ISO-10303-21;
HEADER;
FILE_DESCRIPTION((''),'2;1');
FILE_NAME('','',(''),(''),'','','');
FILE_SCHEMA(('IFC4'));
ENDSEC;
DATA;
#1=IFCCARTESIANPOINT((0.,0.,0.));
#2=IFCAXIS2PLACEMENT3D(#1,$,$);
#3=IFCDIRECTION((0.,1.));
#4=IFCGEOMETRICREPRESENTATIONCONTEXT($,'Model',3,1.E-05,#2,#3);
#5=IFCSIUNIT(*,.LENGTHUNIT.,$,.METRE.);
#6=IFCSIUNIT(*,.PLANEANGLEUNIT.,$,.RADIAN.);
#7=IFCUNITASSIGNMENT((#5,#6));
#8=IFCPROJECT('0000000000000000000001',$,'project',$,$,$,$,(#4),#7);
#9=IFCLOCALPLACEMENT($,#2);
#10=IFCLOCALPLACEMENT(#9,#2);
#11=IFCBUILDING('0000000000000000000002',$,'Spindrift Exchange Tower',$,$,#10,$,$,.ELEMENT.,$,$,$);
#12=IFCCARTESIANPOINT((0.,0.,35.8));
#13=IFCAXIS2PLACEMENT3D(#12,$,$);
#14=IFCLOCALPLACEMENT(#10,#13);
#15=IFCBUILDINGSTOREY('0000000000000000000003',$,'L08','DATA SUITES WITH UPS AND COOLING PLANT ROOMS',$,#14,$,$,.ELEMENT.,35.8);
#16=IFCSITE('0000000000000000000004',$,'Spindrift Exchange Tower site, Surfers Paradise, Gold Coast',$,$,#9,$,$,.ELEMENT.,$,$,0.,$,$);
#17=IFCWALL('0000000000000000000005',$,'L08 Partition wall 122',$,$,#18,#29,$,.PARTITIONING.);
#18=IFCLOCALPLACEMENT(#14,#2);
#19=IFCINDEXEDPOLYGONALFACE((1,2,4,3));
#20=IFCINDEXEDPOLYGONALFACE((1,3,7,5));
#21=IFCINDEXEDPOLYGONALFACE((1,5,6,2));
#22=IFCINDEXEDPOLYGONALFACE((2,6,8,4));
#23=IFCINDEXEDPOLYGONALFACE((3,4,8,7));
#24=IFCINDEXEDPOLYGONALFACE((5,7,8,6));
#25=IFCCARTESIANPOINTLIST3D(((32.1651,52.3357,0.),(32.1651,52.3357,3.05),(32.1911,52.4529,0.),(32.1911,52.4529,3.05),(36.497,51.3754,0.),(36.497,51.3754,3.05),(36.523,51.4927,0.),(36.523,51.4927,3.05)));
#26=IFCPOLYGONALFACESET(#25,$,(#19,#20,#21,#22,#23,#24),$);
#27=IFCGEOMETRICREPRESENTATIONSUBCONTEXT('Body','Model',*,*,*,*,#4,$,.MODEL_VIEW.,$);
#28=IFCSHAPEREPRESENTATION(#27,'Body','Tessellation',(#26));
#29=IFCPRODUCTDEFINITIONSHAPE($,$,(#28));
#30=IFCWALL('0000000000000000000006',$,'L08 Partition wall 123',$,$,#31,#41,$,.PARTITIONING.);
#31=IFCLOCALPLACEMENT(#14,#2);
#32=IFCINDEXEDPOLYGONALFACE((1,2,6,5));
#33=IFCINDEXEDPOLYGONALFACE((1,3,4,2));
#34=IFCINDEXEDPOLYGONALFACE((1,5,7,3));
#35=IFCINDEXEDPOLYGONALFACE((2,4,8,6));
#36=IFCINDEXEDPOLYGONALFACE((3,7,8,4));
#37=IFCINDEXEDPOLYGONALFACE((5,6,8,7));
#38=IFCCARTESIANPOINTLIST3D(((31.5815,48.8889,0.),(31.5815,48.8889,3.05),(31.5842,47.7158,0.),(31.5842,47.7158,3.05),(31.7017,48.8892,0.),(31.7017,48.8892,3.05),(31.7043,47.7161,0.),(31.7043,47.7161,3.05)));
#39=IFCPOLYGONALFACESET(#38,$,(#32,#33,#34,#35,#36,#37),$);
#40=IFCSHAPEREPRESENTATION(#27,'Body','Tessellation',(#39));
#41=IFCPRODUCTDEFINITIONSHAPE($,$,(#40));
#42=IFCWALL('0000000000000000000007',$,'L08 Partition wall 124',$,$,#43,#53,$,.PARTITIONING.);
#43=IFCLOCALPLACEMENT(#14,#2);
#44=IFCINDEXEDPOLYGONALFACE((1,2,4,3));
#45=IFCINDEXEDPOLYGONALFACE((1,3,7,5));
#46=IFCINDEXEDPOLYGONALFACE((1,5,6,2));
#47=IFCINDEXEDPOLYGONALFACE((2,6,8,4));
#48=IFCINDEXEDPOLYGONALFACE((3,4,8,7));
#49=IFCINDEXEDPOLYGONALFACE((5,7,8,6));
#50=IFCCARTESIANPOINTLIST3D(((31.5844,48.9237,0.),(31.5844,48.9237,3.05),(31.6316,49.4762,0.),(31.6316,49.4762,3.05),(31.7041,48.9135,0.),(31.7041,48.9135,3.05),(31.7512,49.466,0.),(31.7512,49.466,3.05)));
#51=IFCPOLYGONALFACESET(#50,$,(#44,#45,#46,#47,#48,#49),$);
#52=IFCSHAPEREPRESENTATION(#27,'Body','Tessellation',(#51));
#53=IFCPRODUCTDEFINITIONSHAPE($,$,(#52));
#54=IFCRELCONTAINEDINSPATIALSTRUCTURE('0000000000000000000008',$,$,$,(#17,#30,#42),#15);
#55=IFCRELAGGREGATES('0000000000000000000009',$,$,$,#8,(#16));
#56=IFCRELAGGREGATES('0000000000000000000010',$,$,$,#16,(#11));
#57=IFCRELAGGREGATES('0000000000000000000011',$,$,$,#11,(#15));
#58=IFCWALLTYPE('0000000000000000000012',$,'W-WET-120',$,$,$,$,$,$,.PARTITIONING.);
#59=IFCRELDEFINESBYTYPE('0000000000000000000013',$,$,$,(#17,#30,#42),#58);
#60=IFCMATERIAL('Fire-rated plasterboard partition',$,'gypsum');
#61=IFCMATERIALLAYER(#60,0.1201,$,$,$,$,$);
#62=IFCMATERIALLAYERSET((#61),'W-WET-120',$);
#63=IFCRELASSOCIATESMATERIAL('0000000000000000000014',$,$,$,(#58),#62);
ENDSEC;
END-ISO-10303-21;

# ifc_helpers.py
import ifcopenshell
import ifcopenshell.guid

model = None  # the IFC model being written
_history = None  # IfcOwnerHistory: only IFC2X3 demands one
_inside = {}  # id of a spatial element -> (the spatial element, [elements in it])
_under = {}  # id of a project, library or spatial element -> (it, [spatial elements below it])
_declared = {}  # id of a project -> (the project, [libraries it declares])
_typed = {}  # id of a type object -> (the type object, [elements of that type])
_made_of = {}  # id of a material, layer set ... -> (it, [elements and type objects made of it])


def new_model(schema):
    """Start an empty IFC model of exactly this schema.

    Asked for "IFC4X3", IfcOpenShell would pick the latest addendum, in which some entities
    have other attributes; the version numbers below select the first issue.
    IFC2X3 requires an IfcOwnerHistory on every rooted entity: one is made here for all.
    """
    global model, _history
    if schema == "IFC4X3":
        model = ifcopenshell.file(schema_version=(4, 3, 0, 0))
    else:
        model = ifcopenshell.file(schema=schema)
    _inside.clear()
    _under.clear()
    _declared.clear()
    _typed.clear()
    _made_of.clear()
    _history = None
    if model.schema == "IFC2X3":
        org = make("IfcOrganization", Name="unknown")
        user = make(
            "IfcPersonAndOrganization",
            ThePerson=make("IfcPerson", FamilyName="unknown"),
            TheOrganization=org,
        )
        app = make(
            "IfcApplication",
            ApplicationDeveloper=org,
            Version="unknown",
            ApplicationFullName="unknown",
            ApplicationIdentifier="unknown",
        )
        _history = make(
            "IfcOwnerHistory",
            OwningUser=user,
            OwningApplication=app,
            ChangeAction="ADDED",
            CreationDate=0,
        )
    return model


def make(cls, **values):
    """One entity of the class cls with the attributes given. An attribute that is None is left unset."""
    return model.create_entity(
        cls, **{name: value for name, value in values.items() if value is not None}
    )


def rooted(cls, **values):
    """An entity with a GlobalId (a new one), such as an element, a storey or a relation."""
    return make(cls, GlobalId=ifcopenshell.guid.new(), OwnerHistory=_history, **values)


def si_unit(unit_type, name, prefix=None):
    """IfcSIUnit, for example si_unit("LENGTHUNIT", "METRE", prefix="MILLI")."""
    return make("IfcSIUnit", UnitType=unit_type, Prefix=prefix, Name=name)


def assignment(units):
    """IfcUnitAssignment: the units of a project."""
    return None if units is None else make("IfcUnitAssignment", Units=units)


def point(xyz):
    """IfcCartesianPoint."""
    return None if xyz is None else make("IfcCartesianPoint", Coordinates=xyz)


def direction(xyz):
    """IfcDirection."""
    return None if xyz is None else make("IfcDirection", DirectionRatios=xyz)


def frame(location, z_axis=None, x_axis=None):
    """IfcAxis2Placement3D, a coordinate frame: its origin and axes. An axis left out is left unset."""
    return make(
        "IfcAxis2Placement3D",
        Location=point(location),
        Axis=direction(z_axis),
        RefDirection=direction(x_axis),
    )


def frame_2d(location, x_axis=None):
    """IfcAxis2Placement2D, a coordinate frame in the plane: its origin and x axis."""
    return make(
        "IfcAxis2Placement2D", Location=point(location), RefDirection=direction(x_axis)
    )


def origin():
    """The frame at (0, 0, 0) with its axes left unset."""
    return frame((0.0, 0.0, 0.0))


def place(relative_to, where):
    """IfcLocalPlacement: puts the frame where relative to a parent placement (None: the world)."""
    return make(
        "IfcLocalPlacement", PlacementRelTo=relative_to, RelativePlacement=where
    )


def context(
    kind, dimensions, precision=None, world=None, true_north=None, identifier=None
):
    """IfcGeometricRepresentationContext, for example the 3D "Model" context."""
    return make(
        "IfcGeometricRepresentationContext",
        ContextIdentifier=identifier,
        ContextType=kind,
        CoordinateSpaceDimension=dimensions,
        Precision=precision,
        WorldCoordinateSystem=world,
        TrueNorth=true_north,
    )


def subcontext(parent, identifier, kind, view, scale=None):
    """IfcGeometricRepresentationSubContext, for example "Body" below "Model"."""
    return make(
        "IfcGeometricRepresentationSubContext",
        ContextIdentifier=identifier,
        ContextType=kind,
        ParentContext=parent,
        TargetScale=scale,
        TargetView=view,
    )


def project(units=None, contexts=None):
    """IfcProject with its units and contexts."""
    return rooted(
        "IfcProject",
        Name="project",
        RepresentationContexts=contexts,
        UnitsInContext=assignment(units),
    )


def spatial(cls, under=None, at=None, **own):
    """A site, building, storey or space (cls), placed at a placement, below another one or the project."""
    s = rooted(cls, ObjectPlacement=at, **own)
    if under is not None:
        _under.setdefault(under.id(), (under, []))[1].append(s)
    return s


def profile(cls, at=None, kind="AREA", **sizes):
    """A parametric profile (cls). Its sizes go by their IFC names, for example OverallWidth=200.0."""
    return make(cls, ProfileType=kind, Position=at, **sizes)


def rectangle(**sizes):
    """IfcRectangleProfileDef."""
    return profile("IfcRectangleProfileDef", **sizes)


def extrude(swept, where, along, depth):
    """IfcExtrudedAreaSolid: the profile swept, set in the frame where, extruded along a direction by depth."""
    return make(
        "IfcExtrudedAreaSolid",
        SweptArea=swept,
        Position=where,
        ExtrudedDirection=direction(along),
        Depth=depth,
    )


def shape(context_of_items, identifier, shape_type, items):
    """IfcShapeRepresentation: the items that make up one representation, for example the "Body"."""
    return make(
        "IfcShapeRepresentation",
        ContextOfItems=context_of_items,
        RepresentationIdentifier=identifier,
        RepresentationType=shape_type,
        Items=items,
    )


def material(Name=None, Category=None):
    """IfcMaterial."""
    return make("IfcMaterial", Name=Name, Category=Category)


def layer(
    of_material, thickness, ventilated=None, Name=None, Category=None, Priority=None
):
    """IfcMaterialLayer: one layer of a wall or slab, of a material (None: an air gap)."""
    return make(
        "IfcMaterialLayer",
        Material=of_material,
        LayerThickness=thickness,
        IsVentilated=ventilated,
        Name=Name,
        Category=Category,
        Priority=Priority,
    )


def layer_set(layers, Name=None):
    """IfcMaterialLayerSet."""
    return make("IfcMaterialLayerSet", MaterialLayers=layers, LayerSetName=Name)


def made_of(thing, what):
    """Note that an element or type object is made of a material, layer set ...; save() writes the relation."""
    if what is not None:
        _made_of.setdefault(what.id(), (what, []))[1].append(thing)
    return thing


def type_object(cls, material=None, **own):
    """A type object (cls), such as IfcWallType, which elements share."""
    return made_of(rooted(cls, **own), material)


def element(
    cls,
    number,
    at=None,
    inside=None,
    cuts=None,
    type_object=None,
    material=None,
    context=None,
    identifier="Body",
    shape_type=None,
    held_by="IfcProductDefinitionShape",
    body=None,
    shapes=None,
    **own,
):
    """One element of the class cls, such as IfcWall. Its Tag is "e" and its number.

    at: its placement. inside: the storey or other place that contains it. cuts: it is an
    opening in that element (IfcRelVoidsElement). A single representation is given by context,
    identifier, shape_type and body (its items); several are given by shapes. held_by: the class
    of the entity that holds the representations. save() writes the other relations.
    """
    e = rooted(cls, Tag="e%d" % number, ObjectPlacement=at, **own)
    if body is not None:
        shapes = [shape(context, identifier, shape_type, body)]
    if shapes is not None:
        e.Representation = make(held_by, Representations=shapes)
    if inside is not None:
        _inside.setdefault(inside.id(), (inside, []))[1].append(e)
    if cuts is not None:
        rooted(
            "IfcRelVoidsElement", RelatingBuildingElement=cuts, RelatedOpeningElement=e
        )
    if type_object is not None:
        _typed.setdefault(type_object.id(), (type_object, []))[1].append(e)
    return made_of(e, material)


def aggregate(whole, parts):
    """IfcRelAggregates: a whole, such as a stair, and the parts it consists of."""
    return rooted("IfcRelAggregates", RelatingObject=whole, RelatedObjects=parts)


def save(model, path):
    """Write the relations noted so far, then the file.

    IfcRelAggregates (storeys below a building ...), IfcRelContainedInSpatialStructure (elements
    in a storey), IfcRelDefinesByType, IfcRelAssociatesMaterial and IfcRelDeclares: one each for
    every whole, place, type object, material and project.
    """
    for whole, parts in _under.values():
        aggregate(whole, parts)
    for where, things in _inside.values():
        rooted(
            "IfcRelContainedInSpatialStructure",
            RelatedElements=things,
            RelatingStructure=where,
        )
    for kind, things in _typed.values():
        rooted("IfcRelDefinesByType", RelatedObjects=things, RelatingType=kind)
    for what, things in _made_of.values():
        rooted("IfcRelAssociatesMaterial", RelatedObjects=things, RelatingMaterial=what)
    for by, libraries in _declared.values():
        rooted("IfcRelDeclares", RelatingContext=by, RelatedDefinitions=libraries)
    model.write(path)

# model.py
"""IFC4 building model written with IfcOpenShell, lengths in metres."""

from ifc_helpers import new_model, si_unit, direction, frame, frame_2d, origin, place, context, subcontext, project, spatial, rectangle, extrude, material, layer, layer_set, type_object, element, save


model = new_model("IFC4")

# Units and contexts
model_context = context("Model", 3, precision=1e-05, world=origin(), true_north=direction((0.0, 1.0)))
body_context = subcontext(model_context, "Body", "Model", "MODEL_VIEW")
ifc_project = project(units=[si_unit("LENGTHUNIT", "METRE"), si_unit("PLANEANGLEUNIT", "RADIAN")], contexts=[model_context])

# Site, building, storey
site_placement = place(None, origin())
site = spatial("IfcSite", under=ifc_project, at=site_placement, Name="Spindrift Exchange Tower site, Surfers Paradise, Gold Coast", CompositionType="ELEMENT", RefElevation=0.0)
building_placement = place(site_placement, origin())
building = spatial("IfcBuilding", under=site, at=building_placement, Name="Spindrift Exchange Tower", CompositionType="ELEMENT")
storey_placement = place(building_placement, frame((0.0, 0.0, 35.8)))
storey = spatial("IfcBuildingStorey", under=building, at=storey_placement, Name="L08", Description="DATA SUITES WITH UPS AND COOLING PLANT ROOMS", CompositionType="ELEMENT", Elevation=35.8)

# Shared definitions
ifc_material_1 = material(Name="Fire-rated plasterboard partition", Category="gypsum")

# Walls
ifc_layer_1 = layer(ifc_material_1, 0.1201)
ifc_layer_set_1 = layer_set([ifc_layer_1], Name="W-WET-120")
wall_type_1 = type_object("IfcWallType", Name="W-WET-120", PredefinedType="PARTITIONING", material=ifc_layer_set_1)
wall_1_placement = place(storey_placement, frame((36.51, 51.4341, 0.0), z_axis=(0.0, 0.0, 1.0), x_axis=(-0.976302, 0.216412, 0.0)))
element("IfcWall", 1, at=wall_1_placement, inside=storey, type_object=wall_type_1, Name="L08 Partition wall 122", PredefinedType="PARTITIONING", context=body_context, shape_type="SweptSolid", body=[
    extrude(rectangle(XDim=4.437, YDim=0.1201, at=frame_2d((2.2185, 0.0))), origin(), (0.0, 0.0, 1.0), 3.05),
])
wall_2_placement = place(storey_placement, frame((31.6416, 48.8889, 0.0), z_axis=(0.0, 0.0, 1.0), x_axis=(0.002289, -0.999997, 0.0)))
element("IfcWall", 2, at=wall_2_placement, inside=storey, type_object=wall_type_1, Name="L08 Partition wall 123", PredefinedType="PARTITIONING", context=body_context, shape_type="SweptSolid", body=[
    extrude(rectangle(XDim=1.1731, YDim=0.1201, at=frame_2d((0.5864, 0.0))), origin(), (0.0, 0.0, 1.0), 3.05),
])
wall_3_placement = place(storey_placement, frame((31.6914, 49.4712, 0.0), z_axis=(0.0, 0.0, 1.0), x_axis=(-0.084977, -0.996383, 0.0)))
element("IfcWall", 3, at=wall_3_placement, inside=storey, type_object=wall_type_1, Name="L08 Partition wall 124", PredefinedType="PARTITIONING", context=body_context, shape_type="SweptSolid", body=[
    extrude(rectangle(XDim=0.5544, YDim=0.1201, at=frame_2d((0.2773, 0.0))), origin(), (0.0, 0.0, 1.0), 3.05),
])

save(model, "model.ifc")
